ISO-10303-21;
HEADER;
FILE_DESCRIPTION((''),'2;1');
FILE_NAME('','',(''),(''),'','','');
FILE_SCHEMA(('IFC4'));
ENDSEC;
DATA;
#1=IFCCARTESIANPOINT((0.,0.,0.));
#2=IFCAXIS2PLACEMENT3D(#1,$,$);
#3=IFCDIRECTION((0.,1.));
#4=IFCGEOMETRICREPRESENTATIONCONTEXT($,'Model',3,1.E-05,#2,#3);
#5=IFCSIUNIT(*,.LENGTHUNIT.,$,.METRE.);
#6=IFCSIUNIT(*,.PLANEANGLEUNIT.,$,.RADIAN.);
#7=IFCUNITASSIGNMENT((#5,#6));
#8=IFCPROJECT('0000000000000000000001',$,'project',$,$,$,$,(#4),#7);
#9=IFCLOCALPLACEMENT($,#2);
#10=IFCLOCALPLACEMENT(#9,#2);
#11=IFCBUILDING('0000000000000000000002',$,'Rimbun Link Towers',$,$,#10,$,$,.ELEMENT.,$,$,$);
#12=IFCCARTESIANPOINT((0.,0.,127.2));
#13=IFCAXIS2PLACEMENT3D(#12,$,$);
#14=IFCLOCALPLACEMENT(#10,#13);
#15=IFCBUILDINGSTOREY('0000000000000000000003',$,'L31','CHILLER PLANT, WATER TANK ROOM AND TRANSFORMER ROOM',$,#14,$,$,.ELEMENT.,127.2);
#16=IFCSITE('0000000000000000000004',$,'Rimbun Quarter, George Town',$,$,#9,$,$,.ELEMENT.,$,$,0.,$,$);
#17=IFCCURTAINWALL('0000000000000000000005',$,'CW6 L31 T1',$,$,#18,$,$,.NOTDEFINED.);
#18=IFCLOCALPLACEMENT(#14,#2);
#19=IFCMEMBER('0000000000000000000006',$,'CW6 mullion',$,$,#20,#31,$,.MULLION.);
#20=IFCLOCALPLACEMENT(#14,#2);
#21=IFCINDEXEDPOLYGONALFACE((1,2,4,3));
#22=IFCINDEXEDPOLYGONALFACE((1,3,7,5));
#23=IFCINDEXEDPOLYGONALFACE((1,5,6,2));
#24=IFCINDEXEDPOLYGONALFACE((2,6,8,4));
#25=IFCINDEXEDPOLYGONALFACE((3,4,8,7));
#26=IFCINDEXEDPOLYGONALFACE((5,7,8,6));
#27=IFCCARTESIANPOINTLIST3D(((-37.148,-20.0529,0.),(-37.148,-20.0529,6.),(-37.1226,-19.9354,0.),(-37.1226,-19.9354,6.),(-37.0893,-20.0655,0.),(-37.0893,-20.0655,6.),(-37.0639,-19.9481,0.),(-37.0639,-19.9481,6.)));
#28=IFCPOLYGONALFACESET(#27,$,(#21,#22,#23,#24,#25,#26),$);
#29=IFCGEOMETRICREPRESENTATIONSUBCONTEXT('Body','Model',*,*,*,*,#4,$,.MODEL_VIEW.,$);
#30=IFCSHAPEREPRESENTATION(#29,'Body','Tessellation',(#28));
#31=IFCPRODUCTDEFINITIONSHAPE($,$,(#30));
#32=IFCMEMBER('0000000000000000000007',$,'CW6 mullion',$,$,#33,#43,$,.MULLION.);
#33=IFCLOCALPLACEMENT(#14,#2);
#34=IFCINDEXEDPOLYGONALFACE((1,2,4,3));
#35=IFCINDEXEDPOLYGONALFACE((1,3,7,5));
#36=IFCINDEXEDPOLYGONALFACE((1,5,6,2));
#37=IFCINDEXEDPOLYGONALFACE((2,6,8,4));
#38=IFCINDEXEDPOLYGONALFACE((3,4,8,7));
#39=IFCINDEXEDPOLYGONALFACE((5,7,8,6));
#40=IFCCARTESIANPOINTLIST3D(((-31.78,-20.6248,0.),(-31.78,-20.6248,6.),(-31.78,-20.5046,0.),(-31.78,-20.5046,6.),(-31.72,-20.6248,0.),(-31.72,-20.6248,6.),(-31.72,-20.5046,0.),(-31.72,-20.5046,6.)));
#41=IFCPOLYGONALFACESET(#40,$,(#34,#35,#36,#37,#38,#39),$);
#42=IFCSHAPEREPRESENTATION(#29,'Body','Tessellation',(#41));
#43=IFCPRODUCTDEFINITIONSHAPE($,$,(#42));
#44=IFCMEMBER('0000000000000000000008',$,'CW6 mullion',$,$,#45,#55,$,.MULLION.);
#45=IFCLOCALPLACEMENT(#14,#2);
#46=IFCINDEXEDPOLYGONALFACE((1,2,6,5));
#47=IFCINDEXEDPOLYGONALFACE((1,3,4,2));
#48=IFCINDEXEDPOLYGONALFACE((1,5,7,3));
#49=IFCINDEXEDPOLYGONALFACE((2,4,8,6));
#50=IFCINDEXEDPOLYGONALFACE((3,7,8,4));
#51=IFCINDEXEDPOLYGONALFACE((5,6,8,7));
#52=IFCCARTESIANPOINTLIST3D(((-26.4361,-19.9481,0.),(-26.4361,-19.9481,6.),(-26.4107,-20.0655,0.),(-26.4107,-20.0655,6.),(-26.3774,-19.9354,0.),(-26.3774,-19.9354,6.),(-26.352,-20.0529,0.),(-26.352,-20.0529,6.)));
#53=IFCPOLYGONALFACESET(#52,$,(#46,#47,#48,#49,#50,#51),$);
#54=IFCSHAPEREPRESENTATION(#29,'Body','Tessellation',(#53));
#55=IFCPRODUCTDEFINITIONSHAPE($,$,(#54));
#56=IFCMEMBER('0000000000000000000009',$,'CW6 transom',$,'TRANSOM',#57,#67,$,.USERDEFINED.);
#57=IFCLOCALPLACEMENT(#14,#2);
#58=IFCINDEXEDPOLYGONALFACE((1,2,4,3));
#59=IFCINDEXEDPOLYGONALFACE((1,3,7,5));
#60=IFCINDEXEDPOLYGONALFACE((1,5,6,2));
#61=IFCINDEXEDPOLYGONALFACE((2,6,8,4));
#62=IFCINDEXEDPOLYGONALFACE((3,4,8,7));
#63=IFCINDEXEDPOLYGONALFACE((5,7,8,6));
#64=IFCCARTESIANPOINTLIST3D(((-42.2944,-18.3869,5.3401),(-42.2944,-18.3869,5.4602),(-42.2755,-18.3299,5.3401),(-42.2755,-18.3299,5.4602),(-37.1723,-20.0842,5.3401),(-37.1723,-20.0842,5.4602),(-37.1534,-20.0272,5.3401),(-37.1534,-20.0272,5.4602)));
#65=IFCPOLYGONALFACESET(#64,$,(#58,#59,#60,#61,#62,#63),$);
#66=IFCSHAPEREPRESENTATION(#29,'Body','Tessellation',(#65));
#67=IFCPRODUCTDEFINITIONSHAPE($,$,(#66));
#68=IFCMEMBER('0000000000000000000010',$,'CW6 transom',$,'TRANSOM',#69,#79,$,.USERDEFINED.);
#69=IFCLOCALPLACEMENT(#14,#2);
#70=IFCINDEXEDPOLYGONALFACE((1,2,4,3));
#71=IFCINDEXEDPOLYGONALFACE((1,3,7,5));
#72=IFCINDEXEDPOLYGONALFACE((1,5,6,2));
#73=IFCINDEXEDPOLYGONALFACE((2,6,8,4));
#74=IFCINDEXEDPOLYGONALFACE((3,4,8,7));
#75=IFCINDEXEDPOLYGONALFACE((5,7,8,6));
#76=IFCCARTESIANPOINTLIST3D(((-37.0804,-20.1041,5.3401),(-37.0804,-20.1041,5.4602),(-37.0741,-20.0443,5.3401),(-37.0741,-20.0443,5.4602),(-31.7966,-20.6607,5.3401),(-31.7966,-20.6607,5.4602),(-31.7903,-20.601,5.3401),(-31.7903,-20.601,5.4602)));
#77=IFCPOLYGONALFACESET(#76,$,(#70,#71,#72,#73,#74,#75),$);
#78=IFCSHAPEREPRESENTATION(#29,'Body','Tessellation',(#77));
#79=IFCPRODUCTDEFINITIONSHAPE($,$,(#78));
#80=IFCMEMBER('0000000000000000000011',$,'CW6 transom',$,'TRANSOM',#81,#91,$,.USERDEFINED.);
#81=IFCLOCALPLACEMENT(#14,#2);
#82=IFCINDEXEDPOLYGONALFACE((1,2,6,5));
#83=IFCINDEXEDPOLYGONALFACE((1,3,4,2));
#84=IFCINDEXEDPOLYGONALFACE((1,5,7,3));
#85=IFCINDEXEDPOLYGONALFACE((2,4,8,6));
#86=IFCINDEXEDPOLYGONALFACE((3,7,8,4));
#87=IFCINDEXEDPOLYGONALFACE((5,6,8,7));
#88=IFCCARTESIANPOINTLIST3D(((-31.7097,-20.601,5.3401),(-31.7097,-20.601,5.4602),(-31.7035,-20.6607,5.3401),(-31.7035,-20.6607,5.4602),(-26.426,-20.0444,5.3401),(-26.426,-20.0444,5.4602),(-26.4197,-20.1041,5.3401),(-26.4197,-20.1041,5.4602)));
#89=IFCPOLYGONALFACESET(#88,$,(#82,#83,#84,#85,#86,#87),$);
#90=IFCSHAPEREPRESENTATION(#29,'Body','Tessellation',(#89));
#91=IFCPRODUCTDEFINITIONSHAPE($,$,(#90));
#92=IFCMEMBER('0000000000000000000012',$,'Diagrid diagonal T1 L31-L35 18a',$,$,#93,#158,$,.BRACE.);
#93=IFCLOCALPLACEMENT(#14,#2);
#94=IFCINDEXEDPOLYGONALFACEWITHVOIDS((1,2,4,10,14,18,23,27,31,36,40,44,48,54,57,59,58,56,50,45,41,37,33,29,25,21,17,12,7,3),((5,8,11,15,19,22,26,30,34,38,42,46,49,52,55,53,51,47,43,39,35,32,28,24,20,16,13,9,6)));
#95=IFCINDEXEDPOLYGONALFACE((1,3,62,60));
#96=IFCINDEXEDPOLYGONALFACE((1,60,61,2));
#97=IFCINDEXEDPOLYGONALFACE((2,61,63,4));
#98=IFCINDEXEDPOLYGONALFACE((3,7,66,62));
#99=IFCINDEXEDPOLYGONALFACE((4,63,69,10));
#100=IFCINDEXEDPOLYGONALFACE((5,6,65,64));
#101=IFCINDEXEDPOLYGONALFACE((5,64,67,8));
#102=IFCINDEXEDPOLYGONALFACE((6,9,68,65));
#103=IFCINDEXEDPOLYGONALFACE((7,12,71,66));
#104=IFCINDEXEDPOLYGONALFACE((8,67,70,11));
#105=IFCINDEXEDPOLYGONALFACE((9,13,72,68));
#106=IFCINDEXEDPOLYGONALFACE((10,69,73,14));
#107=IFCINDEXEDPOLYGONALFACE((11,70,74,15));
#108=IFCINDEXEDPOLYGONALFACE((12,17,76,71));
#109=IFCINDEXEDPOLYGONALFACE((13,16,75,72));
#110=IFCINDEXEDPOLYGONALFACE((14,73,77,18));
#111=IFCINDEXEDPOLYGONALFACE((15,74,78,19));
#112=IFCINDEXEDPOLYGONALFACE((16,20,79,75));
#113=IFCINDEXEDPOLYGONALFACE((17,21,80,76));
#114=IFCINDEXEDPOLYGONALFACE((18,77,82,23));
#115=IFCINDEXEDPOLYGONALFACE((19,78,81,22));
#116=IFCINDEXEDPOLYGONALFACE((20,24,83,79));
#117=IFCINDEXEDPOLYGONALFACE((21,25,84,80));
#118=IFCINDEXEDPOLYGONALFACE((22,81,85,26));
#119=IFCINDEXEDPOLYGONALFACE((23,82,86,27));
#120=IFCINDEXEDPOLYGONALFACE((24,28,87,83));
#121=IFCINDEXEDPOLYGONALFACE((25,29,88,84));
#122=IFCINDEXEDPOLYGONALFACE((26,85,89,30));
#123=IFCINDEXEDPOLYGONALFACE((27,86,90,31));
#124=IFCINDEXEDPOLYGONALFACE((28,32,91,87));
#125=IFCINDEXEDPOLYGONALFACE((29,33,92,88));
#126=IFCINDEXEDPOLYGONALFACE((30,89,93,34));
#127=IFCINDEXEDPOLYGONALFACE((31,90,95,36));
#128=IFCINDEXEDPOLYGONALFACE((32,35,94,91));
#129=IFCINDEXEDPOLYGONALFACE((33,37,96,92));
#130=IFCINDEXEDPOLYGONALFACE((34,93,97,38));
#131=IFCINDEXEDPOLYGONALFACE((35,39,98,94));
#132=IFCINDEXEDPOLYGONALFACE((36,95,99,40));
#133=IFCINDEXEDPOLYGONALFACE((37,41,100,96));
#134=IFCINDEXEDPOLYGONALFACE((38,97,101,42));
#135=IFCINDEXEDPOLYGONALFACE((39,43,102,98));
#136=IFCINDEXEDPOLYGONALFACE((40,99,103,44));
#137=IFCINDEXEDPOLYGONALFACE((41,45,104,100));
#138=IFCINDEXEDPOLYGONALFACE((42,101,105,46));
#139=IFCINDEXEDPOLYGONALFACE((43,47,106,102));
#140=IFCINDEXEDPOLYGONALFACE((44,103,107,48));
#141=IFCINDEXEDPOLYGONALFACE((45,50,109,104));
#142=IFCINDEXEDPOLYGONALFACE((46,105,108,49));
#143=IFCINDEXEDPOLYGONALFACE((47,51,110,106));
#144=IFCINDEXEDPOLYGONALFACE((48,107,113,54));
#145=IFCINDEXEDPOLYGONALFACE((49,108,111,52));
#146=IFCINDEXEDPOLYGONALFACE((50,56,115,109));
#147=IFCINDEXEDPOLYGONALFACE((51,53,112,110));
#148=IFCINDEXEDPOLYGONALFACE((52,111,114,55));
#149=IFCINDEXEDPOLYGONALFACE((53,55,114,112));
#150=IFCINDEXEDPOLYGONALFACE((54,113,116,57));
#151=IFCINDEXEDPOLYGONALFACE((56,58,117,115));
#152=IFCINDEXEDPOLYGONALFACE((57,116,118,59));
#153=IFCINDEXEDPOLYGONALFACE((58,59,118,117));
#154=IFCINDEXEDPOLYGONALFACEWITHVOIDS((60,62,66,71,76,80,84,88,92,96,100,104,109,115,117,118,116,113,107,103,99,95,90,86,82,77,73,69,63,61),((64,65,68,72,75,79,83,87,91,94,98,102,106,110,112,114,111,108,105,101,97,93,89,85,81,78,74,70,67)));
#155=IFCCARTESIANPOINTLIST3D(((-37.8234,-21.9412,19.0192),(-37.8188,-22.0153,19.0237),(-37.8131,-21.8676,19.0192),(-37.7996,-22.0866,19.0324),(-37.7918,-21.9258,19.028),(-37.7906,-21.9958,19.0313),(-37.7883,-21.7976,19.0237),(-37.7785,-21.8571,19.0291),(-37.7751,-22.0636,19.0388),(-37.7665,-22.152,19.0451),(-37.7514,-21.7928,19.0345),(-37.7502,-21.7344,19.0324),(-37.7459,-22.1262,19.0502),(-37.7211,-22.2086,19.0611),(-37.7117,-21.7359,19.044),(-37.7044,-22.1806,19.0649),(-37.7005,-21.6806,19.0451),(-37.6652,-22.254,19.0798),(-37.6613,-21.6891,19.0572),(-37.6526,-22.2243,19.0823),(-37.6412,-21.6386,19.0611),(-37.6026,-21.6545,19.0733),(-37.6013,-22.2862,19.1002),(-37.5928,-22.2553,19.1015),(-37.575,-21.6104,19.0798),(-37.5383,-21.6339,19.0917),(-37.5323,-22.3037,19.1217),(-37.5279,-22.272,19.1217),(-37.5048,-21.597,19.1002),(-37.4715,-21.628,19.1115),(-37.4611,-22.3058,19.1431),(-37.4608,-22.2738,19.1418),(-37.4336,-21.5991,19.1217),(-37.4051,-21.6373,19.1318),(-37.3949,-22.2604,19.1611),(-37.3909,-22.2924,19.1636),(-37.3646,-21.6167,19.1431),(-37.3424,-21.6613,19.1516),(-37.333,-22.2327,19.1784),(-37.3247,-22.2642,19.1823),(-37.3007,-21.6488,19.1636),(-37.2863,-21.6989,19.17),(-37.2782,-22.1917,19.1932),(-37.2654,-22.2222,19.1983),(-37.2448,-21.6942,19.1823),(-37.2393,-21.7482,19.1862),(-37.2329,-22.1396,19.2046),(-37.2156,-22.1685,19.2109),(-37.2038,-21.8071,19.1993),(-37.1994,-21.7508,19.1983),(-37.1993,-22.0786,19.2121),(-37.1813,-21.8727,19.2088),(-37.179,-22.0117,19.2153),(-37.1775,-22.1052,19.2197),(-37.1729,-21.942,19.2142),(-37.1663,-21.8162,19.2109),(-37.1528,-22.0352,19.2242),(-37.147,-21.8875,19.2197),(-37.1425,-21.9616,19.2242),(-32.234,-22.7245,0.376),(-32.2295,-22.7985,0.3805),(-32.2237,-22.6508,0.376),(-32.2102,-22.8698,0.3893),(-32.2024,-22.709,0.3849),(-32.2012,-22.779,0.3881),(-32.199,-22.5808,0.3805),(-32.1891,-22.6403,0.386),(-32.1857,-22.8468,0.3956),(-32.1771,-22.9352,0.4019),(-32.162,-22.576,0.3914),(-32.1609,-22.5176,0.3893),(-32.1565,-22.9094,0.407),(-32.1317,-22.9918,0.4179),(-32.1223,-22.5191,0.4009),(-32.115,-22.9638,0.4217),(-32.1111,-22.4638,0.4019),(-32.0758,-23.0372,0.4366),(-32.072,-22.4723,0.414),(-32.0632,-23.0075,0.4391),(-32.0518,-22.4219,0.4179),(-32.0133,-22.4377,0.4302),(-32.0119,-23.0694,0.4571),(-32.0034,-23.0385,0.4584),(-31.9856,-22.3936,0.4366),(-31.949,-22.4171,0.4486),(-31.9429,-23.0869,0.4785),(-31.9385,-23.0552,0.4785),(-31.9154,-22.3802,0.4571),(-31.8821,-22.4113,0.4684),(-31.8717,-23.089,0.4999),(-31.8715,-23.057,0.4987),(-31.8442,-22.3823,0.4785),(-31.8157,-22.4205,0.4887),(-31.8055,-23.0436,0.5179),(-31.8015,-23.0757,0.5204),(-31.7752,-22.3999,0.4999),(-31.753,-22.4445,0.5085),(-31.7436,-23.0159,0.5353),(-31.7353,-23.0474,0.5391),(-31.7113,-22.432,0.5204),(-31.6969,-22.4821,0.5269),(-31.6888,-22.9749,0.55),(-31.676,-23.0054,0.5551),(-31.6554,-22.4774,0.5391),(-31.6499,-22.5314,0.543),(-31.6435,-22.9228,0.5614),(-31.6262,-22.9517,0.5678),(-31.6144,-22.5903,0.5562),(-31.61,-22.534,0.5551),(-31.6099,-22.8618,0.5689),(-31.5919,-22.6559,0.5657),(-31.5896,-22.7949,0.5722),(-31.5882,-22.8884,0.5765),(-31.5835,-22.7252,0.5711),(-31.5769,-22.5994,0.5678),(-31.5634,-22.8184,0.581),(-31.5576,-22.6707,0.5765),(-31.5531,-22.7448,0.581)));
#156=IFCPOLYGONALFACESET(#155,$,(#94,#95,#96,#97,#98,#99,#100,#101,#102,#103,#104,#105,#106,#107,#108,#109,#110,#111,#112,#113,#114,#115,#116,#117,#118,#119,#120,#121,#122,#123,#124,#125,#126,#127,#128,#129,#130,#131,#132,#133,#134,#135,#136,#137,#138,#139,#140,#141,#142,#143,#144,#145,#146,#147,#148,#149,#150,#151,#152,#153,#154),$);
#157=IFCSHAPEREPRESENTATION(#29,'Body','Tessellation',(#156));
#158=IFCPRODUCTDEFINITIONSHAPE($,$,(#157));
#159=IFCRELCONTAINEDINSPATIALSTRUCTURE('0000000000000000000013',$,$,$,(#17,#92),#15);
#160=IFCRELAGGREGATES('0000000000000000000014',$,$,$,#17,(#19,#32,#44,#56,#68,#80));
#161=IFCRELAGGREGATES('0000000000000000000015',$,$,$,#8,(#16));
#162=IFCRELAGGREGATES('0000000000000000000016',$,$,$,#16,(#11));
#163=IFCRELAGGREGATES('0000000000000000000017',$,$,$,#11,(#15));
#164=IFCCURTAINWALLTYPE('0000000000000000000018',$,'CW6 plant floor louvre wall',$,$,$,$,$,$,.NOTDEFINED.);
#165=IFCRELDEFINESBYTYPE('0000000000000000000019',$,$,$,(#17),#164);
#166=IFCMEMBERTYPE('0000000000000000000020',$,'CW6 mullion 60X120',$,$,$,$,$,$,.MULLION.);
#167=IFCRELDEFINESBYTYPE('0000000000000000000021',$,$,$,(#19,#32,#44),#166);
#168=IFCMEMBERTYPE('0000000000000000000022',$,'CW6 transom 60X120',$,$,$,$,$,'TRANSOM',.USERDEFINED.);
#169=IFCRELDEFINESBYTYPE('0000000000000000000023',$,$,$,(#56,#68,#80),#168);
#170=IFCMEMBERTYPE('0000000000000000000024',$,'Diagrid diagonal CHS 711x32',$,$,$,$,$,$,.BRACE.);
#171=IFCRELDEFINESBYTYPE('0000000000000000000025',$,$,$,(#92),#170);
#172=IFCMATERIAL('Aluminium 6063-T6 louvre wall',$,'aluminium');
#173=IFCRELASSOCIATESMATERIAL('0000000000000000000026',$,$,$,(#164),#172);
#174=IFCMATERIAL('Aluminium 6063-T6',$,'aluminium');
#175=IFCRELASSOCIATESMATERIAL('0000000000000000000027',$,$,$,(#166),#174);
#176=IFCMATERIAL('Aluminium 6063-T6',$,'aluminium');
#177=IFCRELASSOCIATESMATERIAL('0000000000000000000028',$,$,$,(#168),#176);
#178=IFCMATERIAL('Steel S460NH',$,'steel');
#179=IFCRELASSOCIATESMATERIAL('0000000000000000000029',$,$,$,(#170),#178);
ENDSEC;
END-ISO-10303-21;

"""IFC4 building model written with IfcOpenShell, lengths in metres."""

from ifc_helpers import new_model, si_unit, direction, frame, origin, origin_2d, place, context, subcontext, project, spatial, rectangle, hollow_circle, extrude, material, material_profile, profile_set, type_object, element, aggregate, save


model = new_model("IFC4")

# Units and contexts
model_context = context("Model", 3, precision=1e-05, world=origin(), true_north=direction((0.0, 1.0)))
body_context = subcontext(model_context, "Body", "Model", "MODEL_VIEW")
ifc_project = project(units=[si_unit("LENGTHUNIT", "METRE"), si_unit("PLANEANGLEUNIT", "RADIAN")], contexts=[model_context])

# Site, building, storey
site_placement = place(None, origin())
site = spatial("IfcSite", under=ifc_project, at=site_placement, Name="Rimbun Quarter, George Town", CompositionType="ELEMENT", RefElevation=0.0)
building_placement = place(site_placement, origin())
building = spatial("IfcBuilding", under=site, at=building_placement, Name="Rimbun Link Towers", CompositionType="ELEMENT")
storey_placement = place(building_placement, frame((0.0, 0.0, 127.2)))
storey = spatial("IfcBuildingStorey", under=building, at=storey_placement, Name="L31", Description="CHILLER PLANT, WATER TANK ROOM AND TRANSFORMER ROOM", CompositionType="ELEMENT", Elevation=127.2)

# Curtain wall, members
ifc_material_1 = material(Name="Aluminium 6063-T6 louvre wall", Category="aluminium")
curtain_wall_type = type_object("IfcCurtainWallType", Name="CW6 plant floor louvre wall", PredefinedType="NOTDEFINED", material=ifc_material_1)
curtain_wall_placement = place(storey_placement, origin())
curtain_wall = element("IfcCurtainWall", 1, at=curtain_wall_placement, inside=storey, type_object=curtain_wall_type, Name="CW6 L31 T1", PredefinedType="NOTDEFINED")
ifc_material_2 = material(Name="Aluminium 6063-T6", Category="aluminium")
ifc_material_profile_1 = material_profile(ifc_material_2, rectangle(XDim=0.1201, YDim=0.0601, at=origin_2d()), Name="MULLION 60X120")
ifc_profile_set_1 = profile_set([ifc_material_profile_1], Name="Aluminium 6063-T6")
member_type_1 = type_object("IfcMemberType", Name="CW6 mullion 60X120", PredefinedType="MULLION", material=ifc_profile_set_1)
member_1_placement = place(storey_placement, frame((-37.106, -20.0005, 0.0), z_axis=(0.0, 0.0, 1.0), x_axis=(-0.210875, -0.977513, 0.0)))
member_1 = element("IfcMember", 2, at=member_1_placement, type_object=member_type_1, Name="CW6 mullion", PredefinedType="MULLION", context=body_context, shape_type="SweptSolid", body=[
    extrude(rectangle(XDim=0.1201, YDim=0.0601, at=origin_2d()), origin(), (0.0, 0.0, 1.0), 6.0),
])
member_2_placement = place(storey_placement, frame((-31.75, -20.5647, 0.0), z_axis=(0.0, 0.0, 1.0), x_axis=(0.0, -1.0, 0.0)))
member_2 = element("IfcMember", 3, at=member_2_placement, type_object=member_type_1, Name="CW6 mullion", PredefinedType="MULLION", context=body_context, shape_type="SweptSolid", body=[
    extrude(rectangle(XDim=0.1201, YDim=0.0601, at=origin_2d()), origin(), (0.0, 0.0, 1.0), 6.0),
])
member_3_placement = place(storey_placement, frame((-26.394, -20.0005, 0.0), z_axis=(0.0, 0.0, 1.0), x_axis=(0.210875, -0.977513, 0.0)))
member_3 = element("IfcMember", 4, at=member_3_placement, type_object=member_type_1, Name="CW6 mullion", PredefinedType="MULLION", context=body_context, shape_type="SweptSolid", body=[
    extrude(rectangle(XDim=0.1201, YDim=0.0601, at=origin_2d()), origin(), (0.0, 0.0, 1.0), 6.0),
])
ifc_material_3 = material(Name="Aluminium 6063-T6", Category="aluminium")
ifc_material_profile_2 = material_profile(ifc_material_3, rectangle(XDim=0.0601, YDim=0.1201, at=origin_2d()), Name="TRANSOM 60X120")
ifc_profile_set_2 = profile_set([ifc_material_profile_2], Name="Aluminium 6063-T6")
member_type_2 = type_object("IfcMemberType", Name="CW6 transom 60X120", ElementType="TRANSOM", PredefinedType="USERDEFINED", material=ifc_profile_set_2)
member_4_placement = place(storey_placement, frame((-37.1628, -20.0557, 5.4001), z_axis=(-0.949243, 0.314544, 0.0), x_axis=(-0.314544, -0.949243, 0.0)))
member_4 = element("IfcMember", 5, at=member_4_placement, type_object=member_type_2, Name="CW6 transom", ObjectType="TRANSOM", PredefinedType="USERDEFINED", context=body_context, shape_type="SweptSolid", body=[
    extrude(rectangle(XDim=0.0601, YDim=0.1201, at=origin_2d()), origin(), (0.0, 0.0, 1.0), 5.396),
])
member_5_placement = place(storey_placement, frame((-31.7935, -20.6309, 5.4001), z_axis=(-0.994496, 0.104771, 0.0), x_axis=(-0.104771, -0.994496, 0.0)))
member_5 = element("IfcMember", 6, at=member_5_placement, type_object=member_type_2, Name="CW6 transom", ObjectType="TRANSOM", PredefinedType="USERDEFINED", context=body_context, shape_type="SweptSolid", body=[
    extrude(rectangle(XDim=0.0601, YDim=0.1201, at=origin_2d()), origin(), (0.0, 0.0, 1.0), 5.313),
])
member_6_placement = place(storey_placement, frame((-26.4229, -20.0742, 5.4001), z_axis=(-0.994496, -0.104771, 0.0), x_axis=(0.104771, -0.994496, 0.0)))
member_6 = element("IfcMember", 7, at=member_6_placement, type_object=member_type_2, Name="CW6 transom", ObjectType="TRANSOM", PredefinedType="USERDEFINED", context=body_context, shape_type="SweptSolid", body=[
    extrude(rectangle(XDim=0.0601, YDim=0.1201, at=origin_2d()), origin(), (0.0, 0.0, 1.0), 5.313),
])

# Member
ifc_material_4 = material(Name="Steel S460NH", Category="steel")
ifc_material_profile_3 = material_profile(ifc_material_4, hollow_circle(Radius=0.3557, WallThickness=0.032, at=origin_2d()), Name="Diagrid diagonal CHS 711x32")
ifc_profile_set_3 = profile_set([ifc_material_profile_3], Name="Steel S460NH")
member_type_3 = type_object("IfcMemberType", Name="Diagrid diagonal CHS 711x32", PredefinedType="BRACE", material=ifc_profile_set_3)
for number, where, z_axis, x_axis, name in (
    (8, (-31.8936, -22.7346, 0.4785), (-0.286948, 0.040208, 0.957102), (-0.138768, -0.990325, 0.0), "Diagrid diagonal T1 L31-L35 18a"),
):
    element("IfcMember", number, at=place(storey_placement, frame(where, z_axis=z_axis, x_axis=x_axis)), inside=storey, type_object=member_type_3, Name=name, PredefinedType="BRACE", context=body_context, shape_type="SweptSolid", body=[
        extrude(hollow_circle(Radius=0.3557, WallThickness=0.032, at=origin_2d()), origin(), (0.0, 0.0, 1.0), 19.4788),
    ])

aggregate(curtain_wall, [member_1, member_2, member_3, member_4, member_5, member_6])

save(model, "model.ifc")
